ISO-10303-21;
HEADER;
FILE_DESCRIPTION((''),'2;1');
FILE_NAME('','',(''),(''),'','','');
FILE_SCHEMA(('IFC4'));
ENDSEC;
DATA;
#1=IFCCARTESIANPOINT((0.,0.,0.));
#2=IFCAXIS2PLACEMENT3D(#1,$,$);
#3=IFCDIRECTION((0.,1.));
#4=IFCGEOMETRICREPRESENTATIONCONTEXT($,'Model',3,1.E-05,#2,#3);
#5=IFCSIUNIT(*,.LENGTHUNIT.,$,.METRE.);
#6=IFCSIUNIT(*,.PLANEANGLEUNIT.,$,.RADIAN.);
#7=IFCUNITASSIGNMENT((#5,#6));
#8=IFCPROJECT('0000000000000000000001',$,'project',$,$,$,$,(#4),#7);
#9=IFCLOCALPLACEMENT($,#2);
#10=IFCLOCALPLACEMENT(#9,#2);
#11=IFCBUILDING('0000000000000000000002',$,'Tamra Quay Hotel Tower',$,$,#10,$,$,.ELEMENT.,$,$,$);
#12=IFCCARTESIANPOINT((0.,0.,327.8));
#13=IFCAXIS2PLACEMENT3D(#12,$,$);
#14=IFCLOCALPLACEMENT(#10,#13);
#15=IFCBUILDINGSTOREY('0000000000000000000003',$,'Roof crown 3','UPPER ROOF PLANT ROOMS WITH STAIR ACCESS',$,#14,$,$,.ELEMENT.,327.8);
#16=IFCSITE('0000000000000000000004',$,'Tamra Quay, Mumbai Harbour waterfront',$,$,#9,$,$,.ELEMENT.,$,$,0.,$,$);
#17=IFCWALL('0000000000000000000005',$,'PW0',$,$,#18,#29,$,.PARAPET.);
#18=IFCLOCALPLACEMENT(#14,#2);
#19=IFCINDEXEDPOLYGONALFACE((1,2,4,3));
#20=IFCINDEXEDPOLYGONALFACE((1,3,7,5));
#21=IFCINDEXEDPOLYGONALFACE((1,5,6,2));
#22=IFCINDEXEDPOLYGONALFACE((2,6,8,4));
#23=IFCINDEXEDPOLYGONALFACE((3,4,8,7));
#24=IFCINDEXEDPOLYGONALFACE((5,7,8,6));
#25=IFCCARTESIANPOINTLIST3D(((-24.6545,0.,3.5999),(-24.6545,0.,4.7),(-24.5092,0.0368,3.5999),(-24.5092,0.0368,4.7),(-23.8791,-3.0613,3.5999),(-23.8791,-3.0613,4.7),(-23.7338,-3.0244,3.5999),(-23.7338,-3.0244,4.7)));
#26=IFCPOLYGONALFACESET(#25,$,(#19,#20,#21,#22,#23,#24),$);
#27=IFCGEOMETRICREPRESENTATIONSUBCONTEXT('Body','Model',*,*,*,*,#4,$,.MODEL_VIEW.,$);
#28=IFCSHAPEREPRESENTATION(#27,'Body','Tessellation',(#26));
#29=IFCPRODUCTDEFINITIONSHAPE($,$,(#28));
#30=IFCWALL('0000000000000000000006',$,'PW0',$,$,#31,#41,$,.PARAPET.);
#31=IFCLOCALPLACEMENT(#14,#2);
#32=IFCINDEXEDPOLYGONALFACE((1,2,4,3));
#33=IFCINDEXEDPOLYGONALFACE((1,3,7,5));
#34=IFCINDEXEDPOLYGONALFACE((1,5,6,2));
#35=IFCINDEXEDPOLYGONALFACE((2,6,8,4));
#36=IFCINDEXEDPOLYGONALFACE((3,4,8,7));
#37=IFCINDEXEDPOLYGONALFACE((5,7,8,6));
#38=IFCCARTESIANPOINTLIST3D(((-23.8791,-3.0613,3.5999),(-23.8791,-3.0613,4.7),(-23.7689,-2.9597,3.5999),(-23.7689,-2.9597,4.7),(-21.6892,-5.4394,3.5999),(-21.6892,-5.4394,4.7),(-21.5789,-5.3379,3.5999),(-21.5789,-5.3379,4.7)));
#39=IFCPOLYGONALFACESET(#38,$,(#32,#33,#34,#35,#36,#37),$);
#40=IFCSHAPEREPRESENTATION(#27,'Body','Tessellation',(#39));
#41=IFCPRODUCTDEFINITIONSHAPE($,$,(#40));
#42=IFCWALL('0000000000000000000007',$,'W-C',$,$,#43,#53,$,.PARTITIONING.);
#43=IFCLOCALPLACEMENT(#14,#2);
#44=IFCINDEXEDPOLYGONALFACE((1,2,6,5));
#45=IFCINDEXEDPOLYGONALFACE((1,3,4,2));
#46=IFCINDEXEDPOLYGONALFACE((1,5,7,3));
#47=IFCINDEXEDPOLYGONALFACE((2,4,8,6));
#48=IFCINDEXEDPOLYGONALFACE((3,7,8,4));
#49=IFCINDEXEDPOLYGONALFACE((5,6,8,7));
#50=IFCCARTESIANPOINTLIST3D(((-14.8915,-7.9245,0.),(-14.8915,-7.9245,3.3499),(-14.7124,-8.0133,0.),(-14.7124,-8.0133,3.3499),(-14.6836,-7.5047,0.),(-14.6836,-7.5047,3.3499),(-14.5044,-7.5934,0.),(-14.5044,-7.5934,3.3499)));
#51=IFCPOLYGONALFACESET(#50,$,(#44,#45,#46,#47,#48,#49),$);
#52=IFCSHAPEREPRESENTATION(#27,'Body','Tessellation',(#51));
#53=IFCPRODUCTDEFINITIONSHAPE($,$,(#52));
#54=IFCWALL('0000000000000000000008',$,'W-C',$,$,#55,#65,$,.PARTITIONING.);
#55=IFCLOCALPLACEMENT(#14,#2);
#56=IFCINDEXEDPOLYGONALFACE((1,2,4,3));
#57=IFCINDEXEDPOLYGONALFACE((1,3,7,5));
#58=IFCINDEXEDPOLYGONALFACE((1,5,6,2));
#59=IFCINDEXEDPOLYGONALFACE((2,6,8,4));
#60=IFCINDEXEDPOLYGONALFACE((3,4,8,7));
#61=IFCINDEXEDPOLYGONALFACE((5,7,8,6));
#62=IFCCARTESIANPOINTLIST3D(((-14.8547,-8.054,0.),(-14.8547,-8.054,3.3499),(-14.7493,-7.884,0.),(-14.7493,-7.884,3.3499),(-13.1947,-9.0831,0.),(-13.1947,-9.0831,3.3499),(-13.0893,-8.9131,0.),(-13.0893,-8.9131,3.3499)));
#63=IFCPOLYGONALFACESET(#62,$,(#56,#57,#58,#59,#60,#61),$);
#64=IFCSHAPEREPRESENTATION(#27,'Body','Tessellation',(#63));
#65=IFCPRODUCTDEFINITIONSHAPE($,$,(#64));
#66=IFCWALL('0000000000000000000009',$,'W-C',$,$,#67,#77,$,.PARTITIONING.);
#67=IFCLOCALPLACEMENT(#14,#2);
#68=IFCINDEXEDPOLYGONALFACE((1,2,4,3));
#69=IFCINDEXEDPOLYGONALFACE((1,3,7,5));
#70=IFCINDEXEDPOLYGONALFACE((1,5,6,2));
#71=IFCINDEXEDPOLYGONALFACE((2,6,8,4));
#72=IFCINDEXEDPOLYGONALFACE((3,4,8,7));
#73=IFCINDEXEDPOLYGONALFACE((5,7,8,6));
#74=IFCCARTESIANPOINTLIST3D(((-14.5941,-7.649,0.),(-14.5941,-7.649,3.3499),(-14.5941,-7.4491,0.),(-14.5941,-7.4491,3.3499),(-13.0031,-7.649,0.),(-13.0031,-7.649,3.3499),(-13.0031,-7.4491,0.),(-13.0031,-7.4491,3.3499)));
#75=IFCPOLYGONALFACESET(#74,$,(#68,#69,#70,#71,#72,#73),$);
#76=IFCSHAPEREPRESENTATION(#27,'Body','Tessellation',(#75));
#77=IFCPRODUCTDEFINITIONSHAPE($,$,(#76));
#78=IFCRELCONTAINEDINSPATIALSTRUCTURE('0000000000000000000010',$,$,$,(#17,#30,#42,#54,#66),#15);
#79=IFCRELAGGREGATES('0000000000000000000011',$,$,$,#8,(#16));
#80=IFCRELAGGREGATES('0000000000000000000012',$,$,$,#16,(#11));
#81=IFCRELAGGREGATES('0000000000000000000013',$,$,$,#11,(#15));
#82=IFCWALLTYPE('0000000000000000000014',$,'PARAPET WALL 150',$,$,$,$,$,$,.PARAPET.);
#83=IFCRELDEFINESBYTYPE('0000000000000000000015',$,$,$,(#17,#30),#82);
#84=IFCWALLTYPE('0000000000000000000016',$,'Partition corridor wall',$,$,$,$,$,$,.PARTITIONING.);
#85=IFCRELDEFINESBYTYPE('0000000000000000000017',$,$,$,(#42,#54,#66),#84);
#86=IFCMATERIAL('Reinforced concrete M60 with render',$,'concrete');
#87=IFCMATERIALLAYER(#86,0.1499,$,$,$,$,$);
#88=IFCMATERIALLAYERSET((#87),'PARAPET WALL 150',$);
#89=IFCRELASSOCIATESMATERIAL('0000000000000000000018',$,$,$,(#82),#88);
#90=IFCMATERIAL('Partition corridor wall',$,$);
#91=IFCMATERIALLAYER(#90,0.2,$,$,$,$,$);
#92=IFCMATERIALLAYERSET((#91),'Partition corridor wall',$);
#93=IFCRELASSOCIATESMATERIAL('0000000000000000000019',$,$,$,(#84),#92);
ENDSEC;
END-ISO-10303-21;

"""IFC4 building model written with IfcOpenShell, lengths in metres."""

from ifc_helpers import new_model, si_unit, direction, frame, frame_2d, origin, place, context, subcontext, project, spatial, rectangle, extrude, material, layer, layer_set, type_object, element, save


model = new_model("IFC4")

# Units and contexts
model_context = context("Model", 3, precision=1e-05, world=origin(), true_north=direction((0.0, 1.0)))
body_context = subcontext(model_context, "Body", "Model", "MODEL_VIEW")
ifc_project = project(units=[si_unit("LENGTHUNIT", "METRE"), si_unit("PLANEANGLEUNIT", "RADIAN")], contexts=[model_context])

# Site, building, storey
site_placement = place(None, origin())
site = spatial("IfcSite", under=ifc_project, at=site_placement, Name="Tamra Quay, Mumbai Harbour waterfront", CompositionType="ELEMENT", RefElevation=0.0)
building_placement = place(site_placement, origin())
building = spatial("IfcBuilding", under=site, at=building_placement, Name="Tamra Quay Hotel Tower", CompositionType="ELEMENT")
storey_placement = place(building_placement, frame((0.0, 0.0, 327.8)))
storey = spatial("IfcBuildingStorey", under=building, at=storey_placement, Name="Roof crown 3", Description="UPPER ROOF PLANT ROOMS WITH STAIR ACCESS", CompositionType="ELEMENT", Elevation=327.8)

# Walls
ifc_material_1 = material(Name="Reinforced concrete M60 with render", Category="concrete")
ifc_layer_1 = layer(ifc_material_1, 0.1499)
ifc_layer_set_1 = layer_set([ifc_layer_1], Name="PARAPET WALL 150")
wall_type_1 = type_object("IfcWallType", Name="PARAPET WALL 150", PredefinedType="PARAPET", material=ifc_layer_set_1)
for number, where, z_axis, x_axis, name in (
    (1, (-23.8064, -3.043, 3.5999), (0.0, 0.0, 1.0), (-0.245536, 0.969387, 0.0), "PW0"),
):
    element("IfcWall", number, at=place(storey_placement, frame(where, z_axis=z_axis, x_axis=x_axis)), inside=storey, type_object=wall_type_1, Name=name, PredefinedType="PARAPET", context=body_context, shape_type="SweptSolid", body=[
        extrude(rectangle(XDim=3.158, YDim=0.1499, at=frame_2d((1.5791, 0.0))), origin(), (0.0, 0.0, 1.0), 1.1001),
    ])
wall_1_placement = place(storey_placement, frame((-21.634, -5.3887, 3.5999), z_axis=(0.0, 0.0, 1.0), x_axis=(-0.677395, 0.735619, 0.0)))
element("IfcWall", 2, at=wall_1_placement, inside=storey, type_object=wall_type_1, Name="PW0", PredefinedType="PARAPET", context=body_context, shape_type="SweptSolid", body=[
    extrude(rectangle(XDim=3.2329, YDim=0.1499, at=frame_2d((1.6165, 0.0))), origin(), (0.0, 0.0, 1.0), 1.1001),
])
ifc_material_2 = material(Name="Partition corridor wall")
ifc_layer_2 = layer(ifc_material_2, 0.2)
ifc_layer_set_2 = layer_set([ifc_layer_2], Name="Partition corridor wall")
wall_type_2 = type_object("IfcWallType", Name="Partition corridor wall", PredefinedType="PARTITIONING", material=ifc_layer_set_2)
wall_2_placement = place(storey_placement, frame((-14.802, -7.969, 0.0), z_axis=(0.0, 0.0, 1.0), x_axis=(0.443876, 0.896088, 0.0)))
element("IfcWall", 3, at=wall_2_placement, inside=storey, type_object=wall_type_2, Name="W-C", PredefinedType="PARTITIONING", context=body_context, shape_type="SweptSolid", body=[
    extrude(rectangle(XDim=0.4685, YDim=0.2, at=frame_2d((0.2344, 0.0))), origin(), (0.0, 0.0, 1.0), 3.3499),
])
wall_3_placement = place(storey_placement, frame((-14.802, -7.969, 0.0), z_axis=(0.0, 0.0, 1.0), x_axis=(0.849924, -0.526905, 0.0)))
element("IfcWall", 4, at=wall_3_placement, inside=storey, type_object=wall_type_2, Name="W-C", PredefinedType="PARTITIONING", context=body_context, shape_type="SweptSolid", body=[
    extrude(rectangle(XDim=1.9531, YDim=0.2, at=frame_2d((0.9766, 0.0))), origin(), (0.0, 0.0, 1.0), 3.3499),
])
wall_4_placement = place(storey_placement, frame((-14.594, -7.5491, 0.0), z_axis=(0.0, 0.0, 1.0), x_axis=(1.0, 0.0, 0.0)))
element("IfcWall", 5, at=wall_4_placement, inside=storey, type_object=wall_type_2, Name="W-C", PredefinedType="PARTITIONING", context=body_context, shape_type="SweptSolid", body=[
    extrude(rectangle(XDim=1.5911, YDim=0.2, at=frame_2d((0.7954, 0.0))), origin(), (0.0, 0.0, 1.0), 3.3499),
])

save(model, "model.ifc")
